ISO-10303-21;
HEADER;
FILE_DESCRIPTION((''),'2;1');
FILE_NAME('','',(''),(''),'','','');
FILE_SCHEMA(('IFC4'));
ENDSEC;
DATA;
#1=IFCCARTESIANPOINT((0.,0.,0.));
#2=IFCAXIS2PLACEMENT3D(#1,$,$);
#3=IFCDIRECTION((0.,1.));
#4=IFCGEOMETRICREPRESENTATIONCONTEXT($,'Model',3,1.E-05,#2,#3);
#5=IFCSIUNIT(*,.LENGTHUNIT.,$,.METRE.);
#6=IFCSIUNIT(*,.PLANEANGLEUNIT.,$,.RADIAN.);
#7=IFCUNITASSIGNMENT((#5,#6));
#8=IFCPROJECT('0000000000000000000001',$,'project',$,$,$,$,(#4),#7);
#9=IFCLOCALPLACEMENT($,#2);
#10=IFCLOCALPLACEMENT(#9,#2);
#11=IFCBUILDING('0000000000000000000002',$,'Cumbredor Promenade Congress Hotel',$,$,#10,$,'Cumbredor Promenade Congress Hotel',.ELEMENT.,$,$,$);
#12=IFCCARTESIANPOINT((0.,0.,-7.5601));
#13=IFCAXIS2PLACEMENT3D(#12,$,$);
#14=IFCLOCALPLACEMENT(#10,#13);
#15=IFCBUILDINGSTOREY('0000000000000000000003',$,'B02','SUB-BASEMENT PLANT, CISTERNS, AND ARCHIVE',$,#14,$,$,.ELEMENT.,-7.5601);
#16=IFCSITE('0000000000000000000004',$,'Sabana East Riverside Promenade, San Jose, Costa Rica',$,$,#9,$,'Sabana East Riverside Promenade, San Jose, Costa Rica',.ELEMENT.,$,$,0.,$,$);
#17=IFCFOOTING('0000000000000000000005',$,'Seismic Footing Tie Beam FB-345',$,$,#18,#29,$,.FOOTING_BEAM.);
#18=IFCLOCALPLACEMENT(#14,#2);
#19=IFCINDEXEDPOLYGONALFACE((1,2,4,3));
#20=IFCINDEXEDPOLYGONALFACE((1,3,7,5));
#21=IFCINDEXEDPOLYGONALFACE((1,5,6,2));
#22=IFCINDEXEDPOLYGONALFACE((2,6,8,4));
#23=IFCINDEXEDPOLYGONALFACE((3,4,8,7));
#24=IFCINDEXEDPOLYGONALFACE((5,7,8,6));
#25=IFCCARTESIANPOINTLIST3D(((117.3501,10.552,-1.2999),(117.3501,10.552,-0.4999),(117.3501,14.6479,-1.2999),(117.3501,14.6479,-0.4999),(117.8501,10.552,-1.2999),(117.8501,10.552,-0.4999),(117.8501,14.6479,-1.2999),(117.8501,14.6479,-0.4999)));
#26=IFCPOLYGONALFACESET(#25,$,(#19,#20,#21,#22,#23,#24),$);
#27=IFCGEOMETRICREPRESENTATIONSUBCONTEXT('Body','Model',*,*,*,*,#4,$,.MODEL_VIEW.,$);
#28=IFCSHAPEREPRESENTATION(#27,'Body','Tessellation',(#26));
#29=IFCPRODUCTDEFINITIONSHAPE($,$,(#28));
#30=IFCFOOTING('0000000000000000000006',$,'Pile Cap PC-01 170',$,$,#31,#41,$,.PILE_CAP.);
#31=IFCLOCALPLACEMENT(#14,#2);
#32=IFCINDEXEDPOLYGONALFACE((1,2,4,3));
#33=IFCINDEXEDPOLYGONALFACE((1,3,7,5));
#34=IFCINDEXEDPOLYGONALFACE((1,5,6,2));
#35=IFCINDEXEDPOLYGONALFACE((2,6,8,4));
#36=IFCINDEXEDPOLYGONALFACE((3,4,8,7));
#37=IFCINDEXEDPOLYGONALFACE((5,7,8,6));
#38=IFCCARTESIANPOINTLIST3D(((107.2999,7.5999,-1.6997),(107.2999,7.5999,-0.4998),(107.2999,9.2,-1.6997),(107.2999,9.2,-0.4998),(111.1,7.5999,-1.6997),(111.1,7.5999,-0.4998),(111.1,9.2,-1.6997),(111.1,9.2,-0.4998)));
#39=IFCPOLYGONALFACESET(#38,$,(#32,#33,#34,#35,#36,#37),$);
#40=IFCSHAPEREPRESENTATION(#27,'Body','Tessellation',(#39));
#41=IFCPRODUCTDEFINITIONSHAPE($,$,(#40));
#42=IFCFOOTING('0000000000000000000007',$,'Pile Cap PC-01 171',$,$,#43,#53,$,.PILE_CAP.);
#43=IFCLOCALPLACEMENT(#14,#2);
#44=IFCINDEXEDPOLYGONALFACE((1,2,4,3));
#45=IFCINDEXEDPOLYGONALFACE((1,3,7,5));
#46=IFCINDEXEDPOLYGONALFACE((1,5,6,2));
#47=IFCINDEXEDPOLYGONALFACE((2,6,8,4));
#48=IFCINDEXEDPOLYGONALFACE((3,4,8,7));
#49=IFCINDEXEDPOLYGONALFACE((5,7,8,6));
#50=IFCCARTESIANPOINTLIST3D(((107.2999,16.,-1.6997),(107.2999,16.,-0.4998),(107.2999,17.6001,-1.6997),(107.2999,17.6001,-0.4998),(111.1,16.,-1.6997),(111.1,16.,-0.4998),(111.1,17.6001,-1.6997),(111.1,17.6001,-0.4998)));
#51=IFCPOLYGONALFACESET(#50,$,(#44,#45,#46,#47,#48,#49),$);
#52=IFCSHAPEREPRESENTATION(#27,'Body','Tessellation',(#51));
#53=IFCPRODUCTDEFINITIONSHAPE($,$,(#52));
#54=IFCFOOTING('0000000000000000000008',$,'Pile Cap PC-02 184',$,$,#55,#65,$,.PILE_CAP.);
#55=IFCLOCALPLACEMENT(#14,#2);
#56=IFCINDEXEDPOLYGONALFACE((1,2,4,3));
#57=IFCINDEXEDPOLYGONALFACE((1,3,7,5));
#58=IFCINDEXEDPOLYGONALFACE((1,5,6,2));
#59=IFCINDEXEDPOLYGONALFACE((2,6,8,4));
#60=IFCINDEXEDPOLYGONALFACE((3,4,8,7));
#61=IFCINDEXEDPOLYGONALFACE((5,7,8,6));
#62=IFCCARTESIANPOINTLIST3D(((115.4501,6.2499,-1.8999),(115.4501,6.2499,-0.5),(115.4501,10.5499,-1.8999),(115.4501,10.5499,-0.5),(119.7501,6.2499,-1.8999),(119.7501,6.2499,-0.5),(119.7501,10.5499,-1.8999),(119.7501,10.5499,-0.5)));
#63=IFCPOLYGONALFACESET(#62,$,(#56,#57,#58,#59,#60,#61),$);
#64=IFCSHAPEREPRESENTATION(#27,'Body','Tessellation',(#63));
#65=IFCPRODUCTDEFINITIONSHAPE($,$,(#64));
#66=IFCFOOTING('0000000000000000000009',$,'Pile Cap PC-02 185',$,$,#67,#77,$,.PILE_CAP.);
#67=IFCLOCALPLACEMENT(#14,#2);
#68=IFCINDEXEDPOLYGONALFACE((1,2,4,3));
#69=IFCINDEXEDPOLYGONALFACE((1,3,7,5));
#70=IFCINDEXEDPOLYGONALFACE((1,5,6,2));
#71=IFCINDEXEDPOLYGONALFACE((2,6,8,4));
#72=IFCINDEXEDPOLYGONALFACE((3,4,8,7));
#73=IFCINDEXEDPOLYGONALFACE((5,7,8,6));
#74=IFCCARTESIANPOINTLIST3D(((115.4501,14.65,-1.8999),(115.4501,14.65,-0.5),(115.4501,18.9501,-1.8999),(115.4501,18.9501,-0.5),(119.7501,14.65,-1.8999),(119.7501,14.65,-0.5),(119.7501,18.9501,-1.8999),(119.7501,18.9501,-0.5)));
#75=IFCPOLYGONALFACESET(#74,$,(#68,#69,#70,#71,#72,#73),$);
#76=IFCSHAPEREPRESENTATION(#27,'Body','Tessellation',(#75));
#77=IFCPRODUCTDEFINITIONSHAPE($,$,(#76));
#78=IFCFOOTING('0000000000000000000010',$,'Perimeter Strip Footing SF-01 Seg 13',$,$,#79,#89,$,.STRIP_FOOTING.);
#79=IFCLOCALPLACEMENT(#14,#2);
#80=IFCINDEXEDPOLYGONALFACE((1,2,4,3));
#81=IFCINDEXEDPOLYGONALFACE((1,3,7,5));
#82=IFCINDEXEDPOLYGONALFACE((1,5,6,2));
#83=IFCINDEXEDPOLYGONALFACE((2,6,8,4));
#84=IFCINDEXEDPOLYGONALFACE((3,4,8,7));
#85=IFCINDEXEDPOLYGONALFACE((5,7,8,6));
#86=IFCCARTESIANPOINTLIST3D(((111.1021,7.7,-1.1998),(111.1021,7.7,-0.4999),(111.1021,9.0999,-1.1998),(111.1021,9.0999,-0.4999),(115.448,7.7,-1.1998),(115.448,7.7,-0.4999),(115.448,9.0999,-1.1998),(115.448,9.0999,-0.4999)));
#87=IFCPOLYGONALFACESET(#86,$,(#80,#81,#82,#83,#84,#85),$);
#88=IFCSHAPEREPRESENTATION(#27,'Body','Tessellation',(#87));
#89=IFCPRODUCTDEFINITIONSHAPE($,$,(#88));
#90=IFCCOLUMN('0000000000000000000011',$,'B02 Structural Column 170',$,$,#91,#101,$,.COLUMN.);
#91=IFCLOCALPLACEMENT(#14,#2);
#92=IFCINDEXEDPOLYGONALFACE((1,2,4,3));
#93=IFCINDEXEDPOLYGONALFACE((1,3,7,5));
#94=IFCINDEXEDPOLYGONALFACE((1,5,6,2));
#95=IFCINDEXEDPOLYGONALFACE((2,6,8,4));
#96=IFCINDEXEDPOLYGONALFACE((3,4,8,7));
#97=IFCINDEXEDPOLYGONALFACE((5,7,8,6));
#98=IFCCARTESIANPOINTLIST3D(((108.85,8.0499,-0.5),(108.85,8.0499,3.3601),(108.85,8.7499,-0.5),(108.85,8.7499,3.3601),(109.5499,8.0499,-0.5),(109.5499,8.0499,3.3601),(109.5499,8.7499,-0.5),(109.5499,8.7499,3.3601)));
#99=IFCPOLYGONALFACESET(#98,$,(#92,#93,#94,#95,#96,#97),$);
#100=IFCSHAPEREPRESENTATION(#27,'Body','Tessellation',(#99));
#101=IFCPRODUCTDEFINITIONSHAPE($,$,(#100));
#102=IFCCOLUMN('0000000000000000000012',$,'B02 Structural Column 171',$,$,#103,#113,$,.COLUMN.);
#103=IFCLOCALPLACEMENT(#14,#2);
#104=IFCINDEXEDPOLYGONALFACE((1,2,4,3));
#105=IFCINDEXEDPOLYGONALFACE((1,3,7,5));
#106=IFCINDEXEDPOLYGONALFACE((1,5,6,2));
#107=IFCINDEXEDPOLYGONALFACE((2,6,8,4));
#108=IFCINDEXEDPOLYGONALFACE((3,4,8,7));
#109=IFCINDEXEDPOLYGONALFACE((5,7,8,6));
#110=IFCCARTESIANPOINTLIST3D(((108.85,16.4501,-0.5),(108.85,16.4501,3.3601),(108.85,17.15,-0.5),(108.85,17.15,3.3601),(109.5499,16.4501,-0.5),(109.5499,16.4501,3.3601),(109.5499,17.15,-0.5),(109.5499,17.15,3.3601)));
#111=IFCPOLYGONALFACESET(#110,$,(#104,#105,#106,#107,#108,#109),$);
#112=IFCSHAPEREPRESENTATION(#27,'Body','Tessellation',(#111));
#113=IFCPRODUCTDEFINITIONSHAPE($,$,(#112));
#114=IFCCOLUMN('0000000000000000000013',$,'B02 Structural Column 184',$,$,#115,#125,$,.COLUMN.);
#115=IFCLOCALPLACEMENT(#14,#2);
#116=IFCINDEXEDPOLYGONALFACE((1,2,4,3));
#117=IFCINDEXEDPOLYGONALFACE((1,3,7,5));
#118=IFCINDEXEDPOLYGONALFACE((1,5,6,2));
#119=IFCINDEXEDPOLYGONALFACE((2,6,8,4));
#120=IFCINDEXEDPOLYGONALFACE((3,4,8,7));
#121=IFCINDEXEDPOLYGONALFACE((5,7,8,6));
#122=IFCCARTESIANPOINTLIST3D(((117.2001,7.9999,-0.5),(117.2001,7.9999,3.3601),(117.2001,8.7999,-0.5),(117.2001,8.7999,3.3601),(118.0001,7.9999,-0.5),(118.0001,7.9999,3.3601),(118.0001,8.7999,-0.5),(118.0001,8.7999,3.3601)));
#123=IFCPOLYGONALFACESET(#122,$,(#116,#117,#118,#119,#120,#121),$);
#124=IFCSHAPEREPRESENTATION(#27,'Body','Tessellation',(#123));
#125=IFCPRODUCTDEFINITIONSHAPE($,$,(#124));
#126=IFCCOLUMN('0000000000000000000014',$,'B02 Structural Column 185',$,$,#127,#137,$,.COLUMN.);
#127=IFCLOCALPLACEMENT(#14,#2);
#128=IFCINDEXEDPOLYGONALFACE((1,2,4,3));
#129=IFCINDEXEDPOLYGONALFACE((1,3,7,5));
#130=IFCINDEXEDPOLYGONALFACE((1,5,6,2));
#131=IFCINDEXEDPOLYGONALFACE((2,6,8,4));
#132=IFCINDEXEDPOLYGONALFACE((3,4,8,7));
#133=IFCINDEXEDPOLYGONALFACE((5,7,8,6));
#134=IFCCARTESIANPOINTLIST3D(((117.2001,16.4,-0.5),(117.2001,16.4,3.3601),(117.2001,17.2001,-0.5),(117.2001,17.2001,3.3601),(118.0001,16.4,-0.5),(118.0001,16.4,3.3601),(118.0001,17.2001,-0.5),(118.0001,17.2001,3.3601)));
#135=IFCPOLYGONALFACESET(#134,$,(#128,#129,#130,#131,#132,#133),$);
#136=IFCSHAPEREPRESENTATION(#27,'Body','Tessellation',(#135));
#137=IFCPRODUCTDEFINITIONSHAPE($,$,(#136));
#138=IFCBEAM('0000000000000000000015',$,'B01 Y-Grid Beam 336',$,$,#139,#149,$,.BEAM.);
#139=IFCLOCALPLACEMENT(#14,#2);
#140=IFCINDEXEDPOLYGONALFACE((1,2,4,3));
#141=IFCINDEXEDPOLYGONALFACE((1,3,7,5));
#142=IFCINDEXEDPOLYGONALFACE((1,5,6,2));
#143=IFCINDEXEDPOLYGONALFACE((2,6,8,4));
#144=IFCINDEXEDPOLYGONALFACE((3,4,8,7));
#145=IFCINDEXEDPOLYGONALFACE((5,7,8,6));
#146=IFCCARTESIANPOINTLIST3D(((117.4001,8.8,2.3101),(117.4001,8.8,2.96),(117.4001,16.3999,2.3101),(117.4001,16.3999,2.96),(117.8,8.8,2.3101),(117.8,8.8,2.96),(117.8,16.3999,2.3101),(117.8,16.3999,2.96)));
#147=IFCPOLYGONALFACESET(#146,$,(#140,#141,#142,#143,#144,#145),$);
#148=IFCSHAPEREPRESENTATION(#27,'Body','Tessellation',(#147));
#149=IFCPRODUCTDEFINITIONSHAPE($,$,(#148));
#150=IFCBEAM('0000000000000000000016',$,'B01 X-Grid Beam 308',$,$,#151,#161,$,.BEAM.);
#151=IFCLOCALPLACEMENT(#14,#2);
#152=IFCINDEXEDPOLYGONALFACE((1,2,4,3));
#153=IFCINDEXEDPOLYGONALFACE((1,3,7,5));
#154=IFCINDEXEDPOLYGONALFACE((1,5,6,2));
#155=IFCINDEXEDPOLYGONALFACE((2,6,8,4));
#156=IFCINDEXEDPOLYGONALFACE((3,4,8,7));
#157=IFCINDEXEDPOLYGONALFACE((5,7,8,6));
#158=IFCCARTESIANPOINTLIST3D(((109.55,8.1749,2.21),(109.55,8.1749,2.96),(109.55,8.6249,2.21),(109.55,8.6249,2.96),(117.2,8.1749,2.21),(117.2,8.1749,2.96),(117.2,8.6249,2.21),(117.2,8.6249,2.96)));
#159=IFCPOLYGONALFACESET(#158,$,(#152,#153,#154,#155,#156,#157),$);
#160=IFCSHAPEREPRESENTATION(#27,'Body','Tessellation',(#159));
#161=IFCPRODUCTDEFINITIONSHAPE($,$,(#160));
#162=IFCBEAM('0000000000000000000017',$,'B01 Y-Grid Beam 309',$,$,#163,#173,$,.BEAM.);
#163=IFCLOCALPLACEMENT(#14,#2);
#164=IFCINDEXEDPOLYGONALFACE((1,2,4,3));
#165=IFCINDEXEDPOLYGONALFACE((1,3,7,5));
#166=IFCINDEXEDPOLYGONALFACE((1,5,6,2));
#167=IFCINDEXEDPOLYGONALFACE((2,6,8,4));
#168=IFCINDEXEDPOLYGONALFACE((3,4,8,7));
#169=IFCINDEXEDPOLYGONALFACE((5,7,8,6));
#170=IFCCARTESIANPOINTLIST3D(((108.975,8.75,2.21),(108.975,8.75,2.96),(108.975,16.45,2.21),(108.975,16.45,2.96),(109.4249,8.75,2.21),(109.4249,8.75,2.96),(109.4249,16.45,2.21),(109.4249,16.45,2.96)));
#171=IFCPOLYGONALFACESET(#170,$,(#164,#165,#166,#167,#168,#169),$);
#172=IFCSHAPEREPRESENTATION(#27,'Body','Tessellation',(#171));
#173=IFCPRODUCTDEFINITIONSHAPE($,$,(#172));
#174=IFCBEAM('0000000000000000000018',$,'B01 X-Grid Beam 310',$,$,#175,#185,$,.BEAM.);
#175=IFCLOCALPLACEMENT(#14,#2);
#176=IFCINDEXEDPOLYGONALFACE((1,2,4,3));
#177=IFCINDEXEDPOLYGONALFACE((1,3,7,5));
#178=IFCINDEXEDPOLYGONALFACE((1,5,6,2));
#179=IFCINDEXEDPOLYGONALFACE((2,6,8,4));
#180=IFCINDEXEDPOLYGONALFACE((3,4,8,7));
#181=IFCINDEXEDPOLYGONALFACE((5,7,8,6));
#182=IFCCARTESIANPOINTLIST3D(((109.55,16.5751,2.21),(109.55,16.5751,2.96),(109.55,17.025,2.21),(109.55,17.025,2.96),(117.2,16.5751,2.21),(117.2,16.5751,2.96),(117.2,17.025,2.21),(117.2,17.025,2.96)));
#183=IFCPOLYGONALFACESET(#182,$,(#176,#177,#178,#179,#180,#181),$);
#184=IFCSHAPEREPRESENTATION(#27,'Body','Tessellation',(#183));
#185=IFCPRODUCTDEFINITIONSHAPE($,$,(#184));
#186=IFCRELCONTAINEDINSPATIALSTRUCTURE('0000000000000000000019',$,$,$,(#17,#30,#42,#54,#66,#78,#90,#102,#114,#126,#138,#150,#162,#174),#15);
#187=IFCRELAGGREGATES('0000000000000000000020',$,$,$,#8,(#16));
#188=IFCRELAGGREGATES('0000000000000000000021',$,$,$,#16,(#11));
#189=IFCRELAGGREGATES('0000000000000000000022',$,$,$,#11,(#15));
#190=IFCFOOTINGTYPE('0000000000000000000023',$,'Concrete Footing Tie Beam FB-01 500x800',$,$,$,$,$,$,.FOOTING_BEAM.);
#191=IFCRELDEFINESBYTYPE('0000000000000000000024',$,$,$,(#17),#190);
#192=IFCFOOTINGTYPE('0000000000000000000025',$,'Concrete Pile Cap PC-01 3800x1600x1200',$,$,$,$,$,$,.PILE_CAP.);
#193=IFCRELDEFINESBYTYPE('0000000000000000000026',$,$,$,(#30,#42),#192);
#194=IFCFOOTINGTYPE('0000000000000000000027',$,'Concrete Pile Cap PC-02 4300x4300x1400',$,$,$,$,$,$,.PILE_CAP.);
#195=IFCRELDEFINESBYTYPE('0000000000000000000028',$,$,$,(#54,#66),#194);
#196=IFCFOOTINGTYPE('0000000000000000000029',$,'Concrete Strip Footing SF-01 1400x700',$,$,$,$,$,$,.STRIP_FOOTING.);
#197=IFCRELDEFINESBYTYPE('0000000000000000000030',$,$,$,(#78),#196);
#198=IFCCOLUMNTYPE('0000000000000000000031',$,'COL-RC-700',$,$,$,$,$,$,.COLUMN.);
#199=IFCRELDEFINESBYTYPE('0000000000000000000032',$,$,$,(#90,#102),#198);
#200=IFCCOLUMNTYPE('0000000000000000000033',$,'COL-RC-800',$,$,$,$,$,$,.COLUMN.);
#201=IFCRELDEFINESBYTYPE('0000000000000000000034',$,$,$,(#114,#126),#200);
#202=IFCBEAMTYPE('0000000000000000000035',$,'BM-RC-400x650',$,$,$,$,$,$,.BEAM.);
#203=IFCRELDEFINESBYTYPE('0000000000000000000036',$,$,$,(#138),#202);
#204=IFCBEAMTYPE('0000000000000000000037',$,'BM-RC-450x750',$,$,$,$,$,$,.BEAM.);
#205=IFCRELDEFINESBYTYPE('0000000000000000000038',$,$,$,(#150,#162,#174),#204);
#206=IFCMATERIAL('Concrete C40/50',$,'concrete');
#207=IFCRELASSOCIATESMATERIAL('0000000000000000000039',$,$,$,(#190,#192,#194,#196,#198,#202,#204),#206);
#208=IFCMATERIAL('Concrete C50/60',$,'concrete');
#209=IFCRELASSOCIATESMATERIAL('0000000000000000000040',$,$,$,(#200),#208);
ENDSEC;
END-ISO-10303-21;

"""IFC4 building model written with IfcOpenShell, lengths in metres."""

from ifc_helpers import new_model, si_unit, direction, frame, origin, origin_2d, place, context, subcontext, project, spatial, rectangle, extrude, material, material_profile, profile_set, type_object, element, save


model = new_model("IFC4")

# Units and contexts
model_context = context("Model", 3, precision=1e-05, world=origin(), true_north=direction((0.0, 1.0)))
body_context = subcontext(model_context, "Body", "Model", "MODEL_VIEW")
ifc_project = project(units=[si_unit("LENGTHUNIT", "METRE"), si_unit("PLANEANGLEUNIT", "RADIAN")], contexts=[model_context])

# Site, building, storey
site_placement = place(None, origin())
site = spatial("IfcSite", under=ifc_project, at=site_placement, Name="Sabana East Riverside Promenade, San Jose, Costa Rica", LongName="Sabana East Riverside Promenade, San Jose, Costa Rica", CompositionType="ELEMENT", RefElevation=0.0)
building_placement = place(site_placement, origin())
building = spatial("IfcBuilding", under=site, at=building_placement, Name="Cumbredor Promenade Congress Hotel", LongName="Cumbredor Promenade Congress Hotel", CompositionType="ELEMENT")
storey_placement = place(building_placement, frame((0.0, 0.0, -7.5601)))
storey = spatial("IfcBuildingStorey", under=building, at=storey_placement, Name="B02", Description="SUB-BASEMENT PLANT, CISTERNS, AND ARCHIVE", CompositionType="ELEMENT", Elevation=-7.5601)

# Shared definitions
ifc_material_1 = material(Name="Concrete C40/50", Category="concrete")

# Footings
ifc_material_profile_1 = material_profile(ifc_material_1, rectangle(XDim=0.5, YDim=0.8, at=origin_2d()), Name="FB 500x800")
ifc_profile_set_1 = profile_set([ifc_material_profile_1], Name="Concrete C40/50")
footing_type_1 = type_object("IfcFootingType", Name="Concrete Footing Tie Beam FB-01 500x800", PredefinedType="FOOTING_BEAM", material=ifc_profile_set_1)
footing_1_placement = place(storey_placement, frame((117.6001, 10.552, -0.8999), z_axis=(0.0, 1.0, 0.0), x_axis=(-1.0, 0.0, 0.0)))
element("IfcFooting", 1, at=footing_1_placement, inside=storey, type_object=footing_type_1, Name="Seismic Footing Tie Beam FB-345", PredefinedType="FOOTING_BEAM", context=body_context, shape_type="SweptSolid", body=[
    extrude(rectangle(XDim=0.5, YDim=0.8, at=origin_2d()), origin(), (0.0, 0.0, 1.0), 4.0959),
])
footing_type_2 = type_object("IfcFootingType", Name="Concrete Pile Cap PC-01 3800x1600x1200", PredefinedType="PILE_CAP", material=ifc_material_1)
for number, where, z_axis, x_axis, name in (
    (2, (109.2, 8.3999, -1.6997), (0.0, 0.0, 1.0), (1.0, 0.0, 0.0), "Pile Cap PC-01 170"),
    (3, (109.2, 16.8, -1.6997), (0.0, 0.0, 1.0), (1.0, 0.0, 0.0), "Pile Cap PC-01 171"),
):
    element("IfcFooting", number, at=place(storey_placement, frame(where, z_axis=z_axis, x_axis=x_axis)), inside=storey, type_object=footing_type_2, Name=name, PredefinedType="PILE_CAP", context=body_context, shape_type="SweptSolid", body=[
        extrude(rectangle(XDim=3.8, YDim=1.6001, at=origin_2d()), origin(), (0.0, 0.0, 1.0), 1.2),
    ])
footing_type_3 = type_object("IfcFootingType", Name="Concrete Pile Cap PC-02 4300x4300x1400", PredefinedType="PILE_CAP", material=ifc_material_1)
for number, where, z_axis, x_axis, name in (
    (4, (117.6001, 8.3999, -1.8999), (0.0, 0.0, 1.0), (1.0, 0.0, 0.0), "Pile Cap PC-02 184"),
    (5, (117.6001, 16.8, -1.8999), (0.0, 0.0, 1.0), (1.0, 0.0, 0.0), "Pile Cap PC-02 185"),
):
    element("IfcFooting", number, at=place(storey_placement, frame(where, z_axis=z_axis, x_axis=x_axis)), inside=storey, type_object=footing_type_3, Name=name, PredefinedType="PILE_CAP", context=body_context, shape_type="SweptSolid", body=[
        extrude(rectangle(XDim=4.3, YDim=4.3, at=origin_2d()), origin(), (0.0, 0.0, 1.0), 1.3999),
    ])
ifc_material_profile_2 = material_profile(ifc_material_1, rectangle(XDim=1.3999, YDim=0.7, at=origin_2d()), Name="SF 1400x700")
ifc_profile_set_2 = profile_set([ifc_material_profile_2], Name="Concrete C40/50")
footing_type_4 = type_object("IfcFootingType", Name="Concrete Strip Footing SF-01 1400x700", PredefinedType="STRIP_FOOTING", material=ifc_profile_set_2)
footing_2_placement = place(storey_placement, frame((111.1021, 8.3999, -0.8499), z_axis=(1.0, 0.0, 0.0), x_axis=(0.0, 1.0, 0.0)))
element("IfcFooting", 6, at=footing_2_placement, inside=storey, type_object=footing_type_4, Name="Perimeter Strip Footing SF-01 Seg 13", PredefinedType="STRIP_FOOTING", context=body_context, shape_type="SweptSolid", body=[
    extrude(rectangle(XDim=1.3999, YDim=0.7, at=origin_2d()), origin(), (0.0, 0.0, 1.0), 4.3459),
])

# Columns
ifc_material_profile_3 = material_profile(ifc_material_1, rectangle(XDim=0.7, YDim=0.7, at=origin_2d()), Name="RC 700x700")
ifc_profile_set_3 = profile_set([ifc_material_profile_3], Name="Concrete C40/50")
column_type_1 = type_object("IfcColumnType", Name="COL-RC-700", PredefinedType="COLUMN", material=ifc_profile_set_3)
for number, where, z_axis, x_axis, name in (
    (7, (109.2, 8.3999, -0.5), (0.0, 0.0, 1.0), (1.0, 0.0, 0.0), "B02 Structural Column 170"),
    (8, (109.2, 16.8, -0.5), (0.0, 0.0, 1.0), (1.0, 0.0, 0.0), "B02 Structural Column 171"),
):
    element("IfcColumn", number, at=place(storey_placement, frame(where, z_axis=z_axis, x_axis=x_axis)), inside=storey, type_object=column_type_1, Name=name, PredefinedType="COLUMN", context=body_context, shape_type="SweptSolid", body=[
        extrude(rectangle(XDim=0.7, YDim=0.7, at=origin_2d()), origin(), (0.0, 0.0, 1.0), 3.8601),
    ])
ifc_material_2 = material(Name="Concrete C50/60", Category="concrete")
ifc_material_profile_4 = material_profile(ifc_material_2, rectangle(XDim=0.8, YDim=0.8, at=origin_2d()), Name="RC 800x800")
ifc_profile_set_4 = profile_set([ifc_material_profile_4], Name="Concrete C50/60")
column_type_2 = type_object("IfcColumnType", Name="COL-RC-800", PredefinedType="COLUMN", material=ifc_profile_set_4)
for number, where, z_axis, x_axis, name in (
    (9, (117.6001, 8.3999, -0.5), (0.0, 0.0, 1.0), (1.0, 0.0, 0.0), "B02 Structural Column 184"),
    (10, (117.6001, 16.8, -0.5), (0.0, 0.0, 1.0), (1.0, 0.0, 0.0), "B02 Structural Column 185"),
):
    element("IfcColumn", number, at=place(storey_placement, frame(where, z_axis=z_axis, x_axis=x_axis)), inside=storey, type_object=column_type_2, Name=name, PredefinedType="COLUMN", context=body_context, shape_type="SweptSolid", body=[
        extrude(rectangle(XDim=0.8, YDim=0.8, at=origin_2d()), origin(), (0.0, 0.0, 1.0), 3.8601),
    ])

# Beams
ifc_material_profile_5 = material_profile(ifc_material_1, rectangle(XDim=0.3999, YDim=0.6499, at=origin_2d()), Name="RC BEAM 400x650")
ifc_profile_set_5 = profile_set([ifc_material_profile_5], Name="Concrete C40/50")
beam_type_1 = type_object("IfcBeamType", Name="BM-RC-400x650", PredefinedType="BEAM", material=ifc_profile_set_5)
beam_1_placement = place(storey_placement, frame((117.6001, 8.8, 2.635), z_axis=(0.0, 1.0, 0.0), x_axis=(-1.0, 0.0, 0.0)))
element("IfcBeam", 11, at=beam_1_placement, inside=storey, type_object=beam_type_1, Name="B01 Y-Grid Beam 336", PredefinedType="BEAM", context=body_context, shape_type="SweptSolid", body=[
    extrude(rectangle(XDim=0.3999, YDim=0.6499, at=origin_2d()), origin(), (0.0, 0.0, 1.0), 7.5999),
])
ifc_material_profile_6 = material_profile(ifc_material_1, rectangle(XDim=0.45, YDim=0.75, at=origin_2d()), Name="RC BEAM 450x750")
ifc_profile_set_6 = profile_set([ifc_material_profile_6], Name="Concrete C40/50")
beam_type_2 = type_object("IfcBeamType", Name="BM-RC-450x750", PredefinedType="BEAM", material=ifc_profile_set_6)
beam_2_placement = place(storey_placement, frame((109.55, 8.3999, 2.585), z_axis=(1.0, 0.0, 0.0), x_axis=(0.0, 1.0, 0.0)))
element("IfcBeam", 12, at=beam_2_placement, inside=storey, type_object=beam_type_2, Name="B01 X-Grid Beam 308", PredefinedType="BEAM", context=body_context, shape_type="SweptSolid", body=[
    extrude(rectangle(XDim=0.45, YDim=0.75, at=origin_2d()), origin(), (0.0, 0.0, 1.0), 7.6499),
])
beam_3_placement = place(storey_placement, frame((109.2, 8.75, 2.585), z_axis=(0.0, 1.0, 0.0), x_axis=(-1.0, 0.0, 0.0)))
element("IfcBeam", 13, at=beam_3_placement, inside=storey, type_object=beam_type_2, Name="B01 Y-Grid Beam 309", PredefinedType="BEAM", context=body_context, shape_type="SweptSolid", body=[
    extrude(rectangle(XDim=0.45, YDim=0.75, at=origin_2d()), origin(), (0.0, 0.0, 1.0), 7.7),
])
beam_4_placement = place(storey_placement, frame((109.55, 16.8, 2.585), z_axis=(1.0, 0.0, 0.0), x_axis=(0.0, 1.0, 0.0)))
element("IfcBeam", 14, at=beam_4_placement, inside=storey, type_object=beam_type_2, Name="B01 X-Grid Beam 310", PredefinedType="BEAM", context=body_context, shape_type="SweptSolid", body=[
    extrude(rectangle(XDim=0.45, YDim=0.75, at=origin_2d()), origin(), (0.0, 0.0, 1.0), 7.6499),
])

save(model, "model.ifc")
